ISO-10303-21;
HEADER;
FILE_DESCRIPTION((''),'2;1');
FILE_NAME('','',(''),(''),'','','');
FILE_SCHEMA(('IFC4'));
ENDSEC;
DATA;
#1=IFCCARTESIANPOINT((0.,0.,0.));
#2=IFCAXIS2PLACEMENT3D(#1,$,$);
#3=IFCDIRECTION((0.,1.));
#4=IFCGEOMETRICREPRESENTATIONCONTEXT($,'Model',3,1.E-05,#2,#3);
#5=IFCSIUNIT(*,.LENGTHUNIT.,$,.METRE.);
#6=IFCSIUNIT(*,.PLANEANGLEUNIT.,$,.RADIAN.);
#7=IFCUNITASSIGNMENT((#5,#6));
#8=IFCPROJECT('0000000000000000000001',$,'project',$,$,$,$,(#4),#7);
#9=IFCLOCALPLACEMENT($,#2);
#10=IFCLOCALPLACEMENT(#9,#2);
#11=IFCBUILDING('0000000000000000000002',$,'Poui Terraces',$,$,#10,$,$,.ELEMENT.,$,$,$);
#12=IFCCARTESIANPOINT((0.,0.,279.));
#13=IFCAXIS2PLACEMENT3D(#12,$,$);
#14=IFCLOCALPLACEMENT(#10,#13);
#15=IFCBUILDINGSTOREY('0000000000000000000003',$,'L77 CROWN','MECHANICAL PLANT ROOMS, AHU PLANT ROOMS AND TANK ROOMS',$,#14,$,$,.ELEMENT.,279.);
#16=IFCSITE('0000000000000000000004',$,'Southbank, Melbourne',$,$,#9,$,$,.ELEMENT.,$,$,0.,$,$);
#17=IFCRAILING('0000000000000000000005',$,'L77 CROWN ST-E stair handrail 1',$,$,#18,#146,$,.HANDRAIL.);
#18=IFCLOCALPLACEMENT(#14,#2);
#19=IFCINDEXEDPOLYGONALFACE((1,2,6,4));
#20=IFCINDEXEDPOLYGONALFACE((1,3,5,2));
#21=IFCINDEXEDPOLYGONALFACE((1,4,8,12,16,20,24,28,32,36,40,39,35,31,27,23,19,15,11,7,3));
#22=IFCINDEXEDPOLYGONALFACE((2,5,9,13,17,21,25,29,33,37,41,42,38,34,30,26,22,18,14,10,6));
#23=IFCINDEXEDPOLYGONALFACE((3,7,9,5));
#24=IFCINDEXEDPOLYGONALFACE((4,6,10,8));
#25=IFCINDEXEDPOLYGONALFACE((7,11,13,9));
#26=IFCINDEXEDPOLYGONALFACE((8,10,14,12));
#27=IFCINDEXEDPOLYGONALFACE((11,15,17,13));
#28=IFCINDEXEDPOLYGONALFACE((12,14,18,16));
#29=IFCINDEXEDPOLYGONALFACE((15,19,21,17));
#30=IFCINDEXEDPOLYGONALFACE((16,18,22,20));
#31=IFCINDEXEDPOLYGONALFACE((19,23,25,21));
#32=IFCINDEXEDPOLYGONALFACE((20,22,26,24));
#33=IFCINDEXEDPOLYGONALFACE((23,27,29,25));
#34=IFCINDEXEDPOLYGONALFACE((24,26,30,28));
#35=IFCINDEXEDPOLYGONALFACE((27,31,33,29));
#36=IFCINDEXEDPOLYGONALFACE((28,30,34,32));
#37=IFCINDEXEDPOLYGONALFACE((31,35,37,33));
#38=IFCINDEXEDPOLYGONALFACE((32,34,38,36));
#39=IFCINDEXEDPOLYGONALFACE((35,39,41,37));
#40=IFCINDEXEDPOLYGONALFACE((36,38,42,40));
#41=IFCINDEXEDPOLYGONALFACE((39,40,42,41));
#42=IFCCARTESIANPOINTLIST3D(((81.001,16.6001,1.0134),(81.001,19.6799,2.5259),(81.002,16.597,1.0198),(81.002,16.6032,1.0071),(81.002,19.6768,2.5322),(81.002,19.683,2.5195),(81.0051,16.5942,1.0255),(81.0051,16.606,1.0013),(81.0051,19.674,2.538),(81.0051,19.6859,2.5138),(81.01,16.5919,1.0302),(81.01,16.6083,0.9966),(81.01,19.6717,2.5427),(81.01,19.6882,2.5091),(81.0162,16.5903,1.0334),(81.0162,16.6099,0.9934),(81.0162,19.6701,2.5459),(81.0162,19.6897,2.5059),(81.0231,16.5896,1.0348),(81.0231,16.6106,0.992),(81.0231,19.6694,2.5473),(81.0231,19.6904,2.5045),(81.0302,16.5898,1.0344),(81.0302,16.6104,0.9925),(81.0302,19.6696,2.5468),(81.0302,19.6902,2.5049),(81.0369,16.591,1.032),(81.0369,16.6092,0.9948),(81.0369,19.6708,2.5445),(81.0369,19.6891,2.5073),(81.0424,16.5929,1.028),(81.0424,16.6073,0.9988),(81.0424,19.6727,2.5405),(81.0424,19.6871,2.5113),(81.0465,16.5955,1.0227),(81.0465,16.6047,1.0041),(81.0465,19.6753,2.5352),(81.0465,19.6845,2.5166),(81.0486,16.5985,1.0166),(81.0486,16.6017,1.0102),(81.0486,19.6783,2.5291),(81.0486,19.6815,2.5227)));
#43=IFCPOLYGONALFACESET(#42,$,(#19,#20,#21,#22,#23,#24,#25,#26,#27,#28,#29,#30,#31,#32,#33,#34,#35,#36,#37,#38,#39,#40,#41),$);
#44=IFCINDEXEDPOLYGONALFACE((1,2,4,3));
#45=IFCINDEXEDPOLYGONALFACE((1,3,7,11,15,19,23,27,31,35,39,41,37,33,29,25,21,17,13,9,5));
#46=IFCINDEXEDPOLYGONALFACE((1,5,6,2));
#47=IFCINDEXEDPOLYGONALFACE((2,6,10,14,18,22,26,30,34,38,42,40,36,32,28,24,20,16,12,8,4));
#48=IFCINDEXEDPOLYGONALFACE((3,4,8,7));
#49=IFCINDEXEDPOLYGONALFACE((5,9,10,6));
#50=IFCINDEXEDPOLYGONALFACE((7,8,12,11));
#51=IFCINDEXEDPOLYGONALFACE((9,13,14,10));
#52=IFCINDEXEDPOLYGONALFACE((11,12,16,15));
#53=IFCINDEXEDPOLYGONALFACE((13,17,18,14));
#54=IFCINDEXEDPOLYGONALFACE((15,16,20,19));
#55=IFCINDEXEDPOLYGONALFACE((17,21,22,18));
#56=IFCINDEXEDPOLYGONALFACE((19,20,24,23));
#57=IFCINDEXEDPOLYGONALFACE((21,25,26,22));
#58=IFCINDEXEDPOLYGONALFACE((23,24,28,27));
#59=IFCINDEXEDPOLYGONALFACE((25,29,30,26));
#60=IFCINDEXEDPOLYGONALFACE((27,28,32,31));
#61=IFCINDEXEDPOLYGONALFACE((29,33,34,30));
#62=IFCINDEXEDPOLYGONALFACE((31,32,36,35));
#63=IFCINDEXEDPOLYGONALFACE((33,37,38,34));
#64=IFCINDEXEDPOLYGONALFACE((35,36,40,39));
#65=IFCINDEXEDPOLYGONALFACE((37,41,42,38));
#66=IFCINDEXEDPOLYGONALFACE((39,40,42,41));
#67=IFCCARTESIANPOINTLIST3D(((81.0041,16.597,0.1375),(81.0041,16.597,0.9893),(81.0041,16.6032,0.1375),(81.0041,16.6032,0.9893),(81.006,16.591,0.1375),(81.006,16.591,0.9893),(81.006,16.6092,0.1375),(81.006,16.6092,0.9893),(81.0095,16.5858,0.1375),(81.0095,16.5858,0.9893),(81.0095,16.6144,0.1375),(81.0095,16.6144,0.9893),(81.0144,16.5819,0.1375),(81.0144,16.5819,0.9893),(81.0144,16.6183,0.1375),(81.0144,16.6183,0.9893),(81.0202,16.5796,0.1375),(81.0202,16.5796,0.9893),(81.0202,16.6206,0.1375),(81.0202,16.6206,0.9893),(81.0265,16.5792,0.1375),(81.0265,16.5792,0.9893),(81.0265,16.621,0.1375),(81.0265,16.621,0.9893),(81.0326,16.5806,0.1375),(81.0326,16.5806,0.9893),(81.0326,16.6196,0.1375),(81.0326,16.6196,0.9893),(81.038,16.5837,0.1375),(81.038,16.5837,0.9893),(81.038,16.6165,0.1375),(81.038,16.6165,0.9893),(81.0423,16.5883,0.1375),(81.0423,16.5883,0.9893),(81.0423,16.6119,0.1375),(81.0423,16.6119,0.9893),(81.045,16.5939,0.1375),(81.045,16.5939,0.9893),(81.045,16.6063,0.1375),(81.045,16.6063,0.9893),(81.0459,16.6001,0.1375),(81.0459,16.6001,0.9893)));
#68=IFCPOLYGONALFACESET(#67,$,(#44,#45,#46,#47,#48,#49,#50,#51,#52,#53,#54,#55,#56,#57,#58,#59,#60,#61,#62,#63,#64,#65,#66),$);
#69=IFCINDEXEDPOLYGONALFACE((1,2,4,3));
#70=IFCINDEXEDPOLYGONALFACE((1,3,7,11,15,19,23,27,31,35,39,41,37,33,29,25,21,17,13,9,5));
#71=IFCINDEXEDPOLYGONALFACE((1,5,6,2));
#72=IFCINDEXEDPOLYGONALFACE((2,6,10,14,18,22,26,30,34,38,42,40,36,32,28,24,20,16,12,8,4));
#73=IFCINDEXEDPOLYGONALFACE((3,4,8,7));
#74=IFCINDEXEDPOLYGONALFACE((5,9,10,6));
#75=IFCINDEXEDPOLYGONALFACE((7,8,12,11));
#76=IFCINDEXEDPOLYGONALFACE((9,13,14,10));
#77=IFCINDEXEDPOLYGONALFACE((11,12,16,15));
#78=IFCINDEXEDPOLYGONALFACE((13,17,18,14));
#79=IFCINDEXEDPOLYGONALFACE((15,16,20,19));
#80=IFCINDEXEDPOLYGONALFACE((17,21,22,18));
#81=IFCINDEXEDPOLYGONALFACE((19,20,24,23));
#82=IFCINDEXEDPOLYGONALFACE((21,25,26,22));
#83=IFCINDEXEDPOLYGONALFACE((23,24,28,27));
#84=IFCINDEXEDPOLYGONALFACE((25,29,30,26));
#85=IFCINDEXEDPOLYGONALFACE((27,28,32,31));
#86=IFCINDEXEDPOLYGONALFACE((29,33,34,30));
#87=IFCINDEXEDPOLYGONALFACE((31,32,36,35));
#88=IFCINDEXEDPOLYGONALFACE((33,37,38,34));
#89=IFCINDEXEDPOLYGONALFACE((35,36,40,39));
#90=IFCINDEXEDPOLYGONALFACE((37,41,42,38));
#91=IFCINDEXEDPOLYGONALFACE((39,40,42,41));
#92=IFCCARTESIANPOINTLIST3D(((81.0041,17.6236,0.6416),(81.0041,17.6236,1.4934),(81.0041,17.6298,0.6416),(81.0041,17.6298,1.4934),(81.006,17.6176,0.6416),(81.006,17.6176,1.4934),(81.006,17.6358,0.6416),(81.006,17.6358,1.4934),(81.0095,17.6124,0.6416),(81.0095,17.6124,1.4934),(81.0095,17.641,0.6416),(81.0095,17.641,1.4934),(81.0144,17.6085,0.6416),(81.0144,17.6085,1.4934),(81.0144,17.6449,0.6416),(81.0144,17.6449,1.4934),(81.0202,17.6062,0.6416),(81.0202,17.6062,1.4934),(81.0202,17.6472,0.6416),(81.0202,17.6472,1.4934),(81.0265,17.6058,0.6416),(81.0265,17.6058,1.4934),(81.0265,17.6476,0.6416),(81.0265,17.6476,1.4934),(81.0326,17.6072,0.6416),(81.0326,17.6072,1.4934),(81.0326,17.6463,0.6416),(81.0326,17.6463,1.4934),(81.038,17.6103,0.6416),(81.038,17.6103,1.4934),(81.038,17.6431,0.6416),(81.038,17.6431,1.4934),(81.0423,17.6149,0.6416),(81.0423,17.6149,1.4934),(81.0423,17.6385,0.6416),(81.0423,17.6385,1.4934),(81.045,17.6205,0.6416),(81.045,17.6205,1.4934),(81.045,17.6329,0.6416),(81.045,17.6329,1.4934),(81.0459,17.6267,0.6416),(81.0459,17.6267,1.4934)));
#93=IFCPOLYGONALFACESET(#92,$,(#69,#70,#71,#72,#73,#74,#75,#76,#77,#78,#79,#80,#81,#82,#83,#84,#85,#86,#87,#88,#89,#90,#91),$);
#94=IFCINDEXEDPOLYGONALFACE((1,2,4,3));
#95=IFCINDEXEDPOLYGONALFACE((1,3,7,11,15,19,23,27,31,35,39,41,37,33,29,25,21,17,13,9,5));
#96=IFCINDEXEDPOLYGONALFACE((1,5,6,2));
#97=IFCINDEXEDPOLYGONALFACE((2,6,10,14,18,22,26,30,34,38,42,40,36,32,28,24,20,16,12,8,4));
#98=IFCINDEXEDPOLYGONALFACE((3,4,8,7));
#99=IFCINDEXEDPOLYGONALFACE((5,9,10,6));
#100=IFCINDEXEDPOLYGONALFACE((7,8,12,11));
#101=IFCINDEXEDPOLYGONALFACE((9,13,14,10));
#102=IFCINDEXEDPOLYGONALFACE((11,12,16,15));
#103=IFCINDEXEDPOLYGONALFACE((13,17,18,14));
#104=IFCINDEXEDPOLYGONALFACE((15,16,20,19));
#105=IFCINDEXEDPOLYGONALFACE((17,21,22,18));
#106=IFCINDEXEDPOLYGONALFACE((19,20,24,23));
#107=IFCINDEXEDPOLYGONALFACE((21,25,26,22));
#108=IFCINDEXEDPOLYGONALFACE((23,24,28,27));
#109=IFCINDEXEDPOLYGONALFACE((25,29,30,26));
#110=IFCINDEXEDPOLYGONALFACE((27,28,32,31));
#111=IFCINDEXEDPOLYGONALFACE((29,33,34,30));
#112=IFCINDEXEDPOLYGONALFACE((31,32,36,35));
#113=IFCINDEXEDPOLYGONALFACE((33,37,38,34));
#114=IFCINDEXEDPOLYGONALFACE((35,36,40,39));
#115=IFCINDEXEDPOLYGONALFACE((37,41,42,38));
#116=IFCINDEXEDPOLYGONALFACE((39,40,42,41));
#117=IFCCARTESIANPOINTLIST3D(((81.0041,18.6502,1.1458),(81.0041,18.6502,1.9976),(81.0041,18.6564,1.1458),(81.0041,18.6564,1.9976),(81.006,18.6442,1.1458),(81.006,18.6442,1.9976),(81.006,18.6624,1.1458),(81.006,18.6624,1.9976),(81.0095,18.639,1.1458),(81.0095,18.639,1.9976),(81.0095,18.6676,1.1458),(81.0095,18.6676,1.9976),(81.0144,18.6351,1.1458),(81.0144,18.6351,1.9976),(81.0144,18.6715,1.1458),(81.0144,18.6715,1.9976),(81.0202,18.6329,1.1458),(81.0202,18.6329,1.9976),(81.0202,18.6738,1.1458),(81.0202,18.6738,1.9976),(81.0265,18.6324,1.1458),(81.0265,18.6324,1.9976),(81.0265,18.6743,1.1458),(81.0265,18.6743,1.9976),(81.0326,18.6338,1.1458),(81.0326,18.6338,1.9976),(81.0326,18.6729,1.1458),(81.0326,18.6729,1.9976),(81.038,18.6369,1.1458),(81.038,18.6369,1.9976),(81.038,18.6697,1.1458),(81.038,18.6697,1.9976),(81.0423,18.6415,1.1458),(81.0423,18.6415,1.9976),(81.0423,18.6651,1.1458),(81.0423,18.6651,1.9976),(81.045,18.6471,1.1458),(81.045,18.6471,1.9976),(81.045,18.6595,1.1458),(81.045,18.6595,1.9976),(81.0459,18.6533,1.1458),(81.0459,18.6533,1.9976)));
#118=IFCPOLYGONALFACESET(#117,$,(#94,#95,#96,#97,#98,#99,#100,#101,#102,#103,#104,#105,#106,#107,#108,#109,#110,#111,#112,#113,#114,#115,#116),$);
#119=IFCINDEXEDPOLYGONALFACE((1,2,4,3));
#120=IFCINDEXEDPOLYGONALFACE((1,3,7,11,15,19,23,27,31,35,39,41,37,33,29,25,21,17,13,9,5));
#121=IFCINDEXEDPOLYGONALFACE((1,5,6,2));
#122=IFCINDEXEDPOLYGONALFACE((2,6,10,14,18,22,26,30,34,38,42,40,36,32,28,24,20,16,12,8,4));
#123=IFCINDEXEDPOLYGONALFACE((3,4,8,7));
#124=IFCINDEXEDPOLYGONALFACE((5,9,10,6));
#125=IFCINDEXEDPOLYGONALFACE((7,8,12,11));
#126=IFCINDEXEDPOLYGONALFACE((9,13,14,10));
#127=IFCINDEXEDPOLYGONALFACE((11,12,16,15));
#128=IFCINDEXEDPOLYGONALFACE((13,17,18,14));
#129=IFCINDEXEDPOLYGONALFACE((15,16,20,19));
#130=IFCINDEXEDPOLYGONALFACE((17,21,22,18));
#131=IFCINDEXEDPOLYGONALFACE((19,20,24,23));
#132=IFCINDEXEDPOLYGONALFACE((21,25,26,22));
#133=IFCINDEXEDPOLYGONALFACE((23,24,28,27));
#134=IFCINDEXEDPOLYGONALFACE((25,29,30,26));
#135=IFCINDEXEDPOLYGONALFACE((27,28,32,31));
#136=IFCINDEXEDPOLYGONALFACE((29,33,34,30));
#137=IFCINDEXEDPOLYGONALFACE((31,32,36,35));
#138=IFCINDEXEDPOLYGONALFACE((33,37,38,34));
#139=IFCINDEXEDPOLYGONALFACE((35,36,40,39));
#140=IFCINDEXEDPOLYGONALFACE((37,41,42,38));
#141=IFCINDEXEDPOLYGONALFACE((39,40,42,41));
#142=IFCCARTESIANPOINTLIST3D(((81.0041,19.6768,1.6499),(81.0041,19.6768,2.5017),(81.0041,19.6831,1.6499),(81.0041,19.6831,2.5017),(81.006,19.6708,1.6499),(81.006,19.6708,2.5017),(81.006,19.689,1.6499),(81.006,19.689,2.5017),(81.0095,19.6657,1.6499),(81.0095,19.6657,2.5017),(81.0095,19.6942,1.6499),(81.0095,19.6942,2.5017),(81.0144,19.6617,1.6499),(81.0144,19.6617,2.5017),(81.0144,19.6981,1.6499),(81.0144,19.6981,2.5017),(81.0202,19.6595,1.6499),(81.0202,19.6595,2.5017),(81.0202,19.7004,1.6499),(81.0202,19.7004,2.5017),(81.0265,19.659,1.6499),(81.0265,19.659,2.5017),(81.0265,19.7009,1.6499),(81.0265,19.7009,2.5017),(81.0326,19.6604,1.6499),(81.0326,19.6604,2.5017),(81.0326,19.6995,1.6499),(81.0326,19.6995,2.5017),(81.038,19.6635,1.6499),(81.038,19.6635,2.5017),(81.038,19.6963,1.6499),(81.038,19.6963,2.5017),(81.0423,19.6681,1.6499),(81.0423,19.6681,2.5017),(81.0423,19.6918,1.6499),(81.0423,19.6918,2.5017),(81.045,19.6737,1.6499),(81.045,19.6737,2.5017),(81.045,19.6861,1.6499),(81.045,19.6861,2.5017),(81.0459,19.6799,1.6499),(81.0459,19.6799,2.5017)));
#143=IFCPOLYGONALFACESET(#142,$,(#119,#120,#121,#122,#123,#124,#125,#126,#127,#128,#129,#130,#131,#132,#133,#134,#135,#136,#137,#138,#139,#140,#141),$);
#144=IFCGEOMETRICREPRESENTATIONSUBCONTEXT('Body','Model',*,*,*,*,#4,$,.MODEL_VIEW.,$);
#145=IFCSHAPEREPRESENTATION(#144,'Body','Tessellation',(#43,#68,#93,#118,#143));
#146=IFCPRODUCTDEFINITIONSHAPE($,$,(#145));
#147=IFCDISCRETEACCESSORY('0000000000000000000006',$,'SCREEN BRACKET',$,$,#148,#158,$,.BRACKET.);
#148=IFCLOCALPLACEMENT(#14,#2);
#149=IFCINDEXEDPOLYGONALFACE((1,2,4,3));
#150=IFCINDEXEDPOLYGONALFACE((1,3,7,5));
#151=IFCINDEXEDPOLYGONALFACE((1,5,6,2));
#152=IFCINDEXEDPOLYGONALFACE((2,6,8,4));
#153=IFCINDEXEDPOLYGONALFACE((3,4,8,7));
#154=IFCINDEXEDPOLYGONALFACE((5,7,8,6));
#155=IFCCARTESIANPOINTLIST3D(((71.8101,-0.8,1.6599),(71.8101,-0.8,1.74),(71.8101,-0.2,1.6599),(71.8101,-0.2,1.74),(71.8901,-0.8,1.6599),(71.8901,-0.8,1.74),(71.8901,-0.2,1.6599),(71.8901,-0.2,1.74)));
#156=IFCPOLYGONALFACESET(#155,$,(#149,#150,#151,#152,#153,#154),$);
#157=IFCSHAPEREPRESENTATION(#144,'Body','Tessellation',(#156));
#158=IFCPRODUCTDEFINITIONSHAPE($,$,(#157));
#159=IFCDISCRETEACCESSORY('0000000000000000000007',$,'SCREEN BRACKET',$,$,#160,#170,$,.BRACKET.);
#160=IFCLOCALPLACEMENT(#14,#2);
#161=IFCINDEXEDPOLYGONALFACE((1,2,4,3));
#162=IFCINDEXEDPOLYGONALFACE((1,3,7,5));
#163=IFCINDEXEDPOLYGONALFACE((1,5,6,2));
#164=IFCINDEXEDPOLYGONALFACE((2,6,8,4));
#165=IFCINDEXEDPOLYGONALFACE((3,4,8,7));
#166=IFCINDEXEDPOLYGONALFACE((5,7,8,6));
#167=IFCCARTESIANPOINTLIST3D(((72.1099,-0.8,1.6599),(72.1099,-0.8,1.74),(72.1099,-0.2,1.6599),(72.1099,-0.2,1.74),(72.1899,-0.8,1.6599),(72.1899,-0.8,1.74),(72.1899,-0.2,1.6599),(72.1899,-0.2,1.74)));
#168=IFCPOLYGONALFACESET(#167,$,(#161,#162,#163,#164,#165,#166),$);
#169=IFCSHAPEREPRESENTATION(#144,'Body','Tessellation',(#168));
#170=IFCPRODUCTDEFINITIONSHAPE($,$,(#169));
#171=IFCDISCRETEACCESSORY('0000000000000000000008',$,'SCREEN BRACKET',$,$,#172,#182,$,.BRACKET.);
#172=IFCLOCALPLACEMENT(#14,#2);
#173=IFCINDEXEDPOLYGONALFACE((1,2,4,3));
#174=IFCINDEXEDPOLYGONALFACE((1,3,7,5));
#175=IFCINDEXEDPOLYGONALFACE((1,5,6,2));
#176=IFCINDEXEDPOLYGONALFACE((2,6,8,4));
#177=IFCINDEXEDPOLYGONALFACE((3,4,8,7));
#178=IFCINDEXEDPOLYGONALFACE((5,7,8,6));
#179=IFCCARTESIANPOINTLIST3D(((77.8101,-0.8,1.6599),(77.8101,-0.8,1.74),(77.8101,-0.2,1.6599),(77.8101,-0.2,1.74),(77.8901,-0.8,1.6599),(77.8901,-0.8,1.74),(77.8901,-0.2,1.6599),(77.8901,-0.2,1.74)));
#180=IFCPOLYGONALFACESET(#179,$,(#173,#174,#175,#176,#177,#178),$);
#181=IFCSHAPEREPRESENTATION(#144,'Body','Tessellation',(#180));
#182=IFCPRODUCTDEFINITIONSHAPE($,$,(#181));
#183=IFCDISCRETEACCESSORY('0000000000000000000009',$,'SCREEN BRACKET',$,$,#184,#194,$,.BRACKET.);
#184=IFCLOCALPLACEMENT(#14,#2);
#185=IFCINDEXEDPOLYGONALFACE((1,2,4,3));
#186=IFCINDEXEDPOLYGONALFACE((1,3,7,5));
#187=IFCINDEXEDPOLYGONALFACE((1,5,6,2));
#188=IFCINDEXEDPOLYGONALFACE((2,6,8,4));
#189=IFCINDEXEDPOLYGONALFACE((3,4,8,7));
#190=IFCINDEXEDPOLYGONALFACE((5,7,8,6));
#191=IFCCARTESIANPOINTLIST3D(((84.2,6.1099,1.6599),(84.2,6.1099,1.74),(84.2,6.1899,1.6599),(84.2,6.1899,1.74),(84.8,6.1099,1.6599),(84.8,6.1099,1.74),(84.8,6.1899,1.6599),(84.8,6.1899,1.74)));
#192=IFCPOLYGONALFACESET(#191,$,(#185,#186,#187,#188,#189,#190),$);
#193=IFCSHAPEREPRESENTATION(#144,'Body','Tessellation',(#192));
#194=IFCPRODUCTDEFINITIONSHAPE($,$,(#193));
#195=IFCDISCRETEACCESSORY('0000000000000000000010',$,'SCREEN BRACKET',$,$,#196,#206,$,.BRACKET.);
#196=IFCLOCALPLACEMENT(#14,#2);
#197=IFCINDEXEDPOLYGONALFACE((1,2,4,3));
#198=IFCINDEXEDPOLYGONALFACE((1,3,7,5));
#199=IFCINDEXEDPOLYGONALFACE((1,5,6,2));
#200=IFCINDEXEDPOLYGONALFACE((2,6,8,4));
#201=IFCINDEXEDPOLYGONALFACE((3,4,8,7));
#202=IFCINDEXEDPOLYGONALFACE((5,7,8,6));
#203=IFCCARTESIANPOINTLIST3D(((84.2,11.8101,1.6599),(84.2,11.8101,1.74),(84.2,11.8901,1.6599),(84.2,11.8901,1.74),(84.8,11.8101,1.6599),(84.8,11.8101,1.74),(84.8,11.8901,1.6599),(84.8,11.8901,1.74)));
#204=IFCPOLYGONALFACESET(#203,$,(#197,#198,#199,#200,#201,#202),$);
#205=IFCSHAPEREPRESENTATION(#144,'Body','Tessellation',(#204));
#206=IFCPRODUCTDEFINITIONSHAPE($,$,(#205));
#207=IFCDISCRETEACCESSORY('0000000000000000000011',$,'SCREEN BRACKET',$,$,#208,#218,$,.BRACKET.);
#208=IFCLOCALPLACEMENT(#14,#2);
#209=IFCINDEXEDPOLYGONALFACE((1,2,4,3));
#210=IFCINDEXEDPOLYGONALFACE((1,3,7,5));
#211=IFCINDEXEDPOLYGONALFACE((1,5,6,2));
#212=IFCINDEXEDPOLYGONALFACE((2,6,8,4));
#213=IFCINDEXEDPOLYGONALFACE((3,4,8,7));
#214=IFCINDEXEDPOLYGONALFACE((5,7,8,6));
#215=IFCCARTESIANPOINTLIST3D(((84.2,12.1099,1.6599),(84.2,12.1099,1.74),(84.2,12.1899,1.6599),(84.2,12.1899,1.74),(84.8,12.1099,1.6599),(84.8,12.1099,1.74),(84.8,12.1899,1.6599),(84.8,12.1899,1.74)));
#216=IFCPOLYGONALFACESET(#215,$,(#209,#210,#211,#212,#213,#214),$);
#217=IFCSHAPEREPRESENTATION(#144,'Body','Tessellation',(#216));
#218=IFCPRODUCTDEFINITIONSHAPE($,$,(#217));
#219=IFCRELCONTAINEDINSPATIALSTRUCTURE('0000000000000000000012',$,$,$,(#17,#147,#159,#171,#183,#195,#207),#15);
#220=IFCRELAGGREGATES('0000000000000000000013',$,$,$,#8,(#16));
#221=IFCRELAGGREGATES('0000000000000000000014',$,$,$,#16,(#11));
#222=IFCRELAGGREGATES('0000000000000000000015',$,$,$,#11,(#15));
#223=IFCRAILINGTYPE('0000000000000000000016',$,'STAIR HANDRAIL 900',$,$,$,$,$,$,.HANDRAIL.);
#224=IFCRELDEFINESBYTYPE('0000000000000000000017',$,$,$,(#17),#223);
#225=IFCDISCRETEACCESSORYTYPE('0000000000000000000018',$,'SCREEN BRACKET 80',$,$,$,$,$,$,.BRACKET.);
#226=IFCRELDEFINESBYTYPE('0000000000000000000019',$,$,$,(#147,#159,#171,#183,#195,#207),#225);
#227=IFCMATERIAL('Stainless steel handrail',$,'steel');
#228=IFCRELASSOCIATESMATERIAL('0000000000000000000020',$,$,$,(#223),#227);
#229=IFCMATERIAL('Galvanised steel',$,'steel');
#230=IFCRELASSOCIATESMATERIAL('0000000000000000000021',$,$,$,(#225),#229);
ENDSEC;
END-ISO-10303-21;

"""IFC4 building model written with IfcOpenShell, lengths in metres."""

from ifc_helpers import new_model, si_unit, direction, frame, origin, origin_2d, place, context, subcontext, project, spatial, rectangle, circle, extrude, source, transform, mapped, material, material_profile, profile_set, type_object, element, save


model = new_model("IFC4")

# Units and contexts
model_context = context("Model", 3, precision=1e-05, world=origin(), true_north=direction((0.0, 1.0)))
body_context = subcontext(model_context, "Body", "Model", "MODEL_VIEW")
ifc_project = project(units=[si_unit("LENGTHUNIT", "METRE"), si_unit("PLANEANGLEUNIT", "RADIAN")], contexts=[model_context])

# Site, building, storey
site_placement = place(None, origin())
site = spatial("IfcSite", under=ifc_project, at=site_placement, Name="Southbank, Melbourne", CompositionType="ELEMENT", RefElevation=0.0)
building_placement = place(site_placement, origin())
building = spatial("IfcBuilding", under=site, at=building_placement, Name="Poui Terraces", CompositionType="ELEMENT")
storey_placement = place(building_placement, frame((0.0, 0.0, 279.0)))
storey = spatial("IfcBuildingStorey", under=building, at=storey_placement, Name="L77 CROWN", Description="MECHANICAL PLANT ROOMS, AHU PLANT ROOMS AND TANK ROOMS", CompositionType="ELEMENT", Elevation=279.0)

# Railing
ifc_material_1 = material(Name="Stainless steel handrail", Category="steel")
railing_type_1 = type_object("IfcRailingType", Name="STAIR HANDRAIL 900", PredefinedType="HANDRAIL", material=ifc_material_1)
for number, where, name in (
    (1, (81.0249, 16.6001, 0.1375), "L77 CROWN ST-E stair handrail 1"),
):
    element("IfcRailing", number, at=place(storey_placement, frame(where)), inside=storey, type_object=railing_type_1, Name=name, PredefinedType="HANDRAIL", context=body_context, shape_type="SweptSolid", body=[
        extrude(circle(Radius=0.0239, at=origin_2d()), frame((0.0, 0.0, 0.876), z_axis=(0.0, 0.897606, 0.440798), x_axis=(-1.0, 0.0, 0.0)), (0.0, 0.0, 1.0), 3.4312),
        extrude(circle(Radius=0.021, at=origin_2d()), origin(), (0.0, 0.0, 1.0), 0.8518),
        extrude(circle(Radius=0.021, at=origin_2d()), frame((0.0, 1.0266, 0.5042)), (0.0, 0.0, 1.0), 0.8518),
        extrude(circle(Radius=0.021, at=origin_2d()), frame((0.0, 2.0532, 1.0083)), (0.0, 0.0, 1.0), 0.8518),
        extrude(circle(Radius=0.021, at=origin_2d()), frame((0.0, 3.0798, 1.5125)), (0.0, 0.0, 1.0), 0.8518),
    ])

# Discrete accessories
ifc_material_2 = material(Name="Galvanised steel", Category="steel")
ifc_material_profile_1 = material_profile(ifc_material_2, rectangle(XDim=0.0801, YDim=0.0801, at=origin_2d()), Name="SCREEN BRACKET 80")
ifc_profile_set_1 = profile_set([ifc_material_profile_1], Name="Galvanised steel")
discrete_accessory_type = type_object("IfcDiscreteAccessoryType", Name="SCREEN BRACKET 80", PredefinedType="BRACKET", material=ifc_profile_set_1)
shared_shape_1 = source(origin(), body_context, "Body", "SweptSolid", [
    extrude(rectangle(XDim=0.0801, YDim=0.0801, at=origin_2d()), origin(), (0.0, 0.0, 1.0), 0.6001),
])
for number, where, z_axis, x_axis, name in (
    (2, (71.8501, -0.2, 1.7), (0.0, -1.0, 0.0), (1.0, 0.0, 0.0), "SCREEN BRACKET"),
    (3, (72.1499, -0.2, 1.7), (0.0, -1.0, 0.0), (1.0, 0.0, 0.0), "SCREEN BRACKET"),
    (4, (77.8501, -0.2, 1.7), (0.0, -1.0, 0.0), (1.0, 0.0, 0.0), "SCREEN BRACKET"),
    (5, (84.2, 6.1499, 1.7), (1.0, 0.0, 0.0), (0.0, 1.0, 0.0), "SCREEN BRACKET"),
    (6, (84.2, 11.8501, 1.7), (1.0, 0.0, 0.0), (0.0, 1.0, 0.0), "SCREEN BRACKET"),
    (7, (84.2, 12.1499, 1.7), (1.0, 0.0, 0.0), (0.0, 1.0, 0.0), "SCREEN BRACKET"),
):
    element("IfcDiscreteAccessory", number, at=place(storey_placement, frame(where, z_axis=z_axis, x_axis=x_axis)), inside=storey, type_object=discrete_accessory_type, Name=name, PredefinedType="BRACKET", context=body_context, shape_type="MappedRepresentation", body=[
        mapped(shared_shape_1, transform((0.0, 0.0, 0.0))),
    ])

save(model, "model.ifc")
